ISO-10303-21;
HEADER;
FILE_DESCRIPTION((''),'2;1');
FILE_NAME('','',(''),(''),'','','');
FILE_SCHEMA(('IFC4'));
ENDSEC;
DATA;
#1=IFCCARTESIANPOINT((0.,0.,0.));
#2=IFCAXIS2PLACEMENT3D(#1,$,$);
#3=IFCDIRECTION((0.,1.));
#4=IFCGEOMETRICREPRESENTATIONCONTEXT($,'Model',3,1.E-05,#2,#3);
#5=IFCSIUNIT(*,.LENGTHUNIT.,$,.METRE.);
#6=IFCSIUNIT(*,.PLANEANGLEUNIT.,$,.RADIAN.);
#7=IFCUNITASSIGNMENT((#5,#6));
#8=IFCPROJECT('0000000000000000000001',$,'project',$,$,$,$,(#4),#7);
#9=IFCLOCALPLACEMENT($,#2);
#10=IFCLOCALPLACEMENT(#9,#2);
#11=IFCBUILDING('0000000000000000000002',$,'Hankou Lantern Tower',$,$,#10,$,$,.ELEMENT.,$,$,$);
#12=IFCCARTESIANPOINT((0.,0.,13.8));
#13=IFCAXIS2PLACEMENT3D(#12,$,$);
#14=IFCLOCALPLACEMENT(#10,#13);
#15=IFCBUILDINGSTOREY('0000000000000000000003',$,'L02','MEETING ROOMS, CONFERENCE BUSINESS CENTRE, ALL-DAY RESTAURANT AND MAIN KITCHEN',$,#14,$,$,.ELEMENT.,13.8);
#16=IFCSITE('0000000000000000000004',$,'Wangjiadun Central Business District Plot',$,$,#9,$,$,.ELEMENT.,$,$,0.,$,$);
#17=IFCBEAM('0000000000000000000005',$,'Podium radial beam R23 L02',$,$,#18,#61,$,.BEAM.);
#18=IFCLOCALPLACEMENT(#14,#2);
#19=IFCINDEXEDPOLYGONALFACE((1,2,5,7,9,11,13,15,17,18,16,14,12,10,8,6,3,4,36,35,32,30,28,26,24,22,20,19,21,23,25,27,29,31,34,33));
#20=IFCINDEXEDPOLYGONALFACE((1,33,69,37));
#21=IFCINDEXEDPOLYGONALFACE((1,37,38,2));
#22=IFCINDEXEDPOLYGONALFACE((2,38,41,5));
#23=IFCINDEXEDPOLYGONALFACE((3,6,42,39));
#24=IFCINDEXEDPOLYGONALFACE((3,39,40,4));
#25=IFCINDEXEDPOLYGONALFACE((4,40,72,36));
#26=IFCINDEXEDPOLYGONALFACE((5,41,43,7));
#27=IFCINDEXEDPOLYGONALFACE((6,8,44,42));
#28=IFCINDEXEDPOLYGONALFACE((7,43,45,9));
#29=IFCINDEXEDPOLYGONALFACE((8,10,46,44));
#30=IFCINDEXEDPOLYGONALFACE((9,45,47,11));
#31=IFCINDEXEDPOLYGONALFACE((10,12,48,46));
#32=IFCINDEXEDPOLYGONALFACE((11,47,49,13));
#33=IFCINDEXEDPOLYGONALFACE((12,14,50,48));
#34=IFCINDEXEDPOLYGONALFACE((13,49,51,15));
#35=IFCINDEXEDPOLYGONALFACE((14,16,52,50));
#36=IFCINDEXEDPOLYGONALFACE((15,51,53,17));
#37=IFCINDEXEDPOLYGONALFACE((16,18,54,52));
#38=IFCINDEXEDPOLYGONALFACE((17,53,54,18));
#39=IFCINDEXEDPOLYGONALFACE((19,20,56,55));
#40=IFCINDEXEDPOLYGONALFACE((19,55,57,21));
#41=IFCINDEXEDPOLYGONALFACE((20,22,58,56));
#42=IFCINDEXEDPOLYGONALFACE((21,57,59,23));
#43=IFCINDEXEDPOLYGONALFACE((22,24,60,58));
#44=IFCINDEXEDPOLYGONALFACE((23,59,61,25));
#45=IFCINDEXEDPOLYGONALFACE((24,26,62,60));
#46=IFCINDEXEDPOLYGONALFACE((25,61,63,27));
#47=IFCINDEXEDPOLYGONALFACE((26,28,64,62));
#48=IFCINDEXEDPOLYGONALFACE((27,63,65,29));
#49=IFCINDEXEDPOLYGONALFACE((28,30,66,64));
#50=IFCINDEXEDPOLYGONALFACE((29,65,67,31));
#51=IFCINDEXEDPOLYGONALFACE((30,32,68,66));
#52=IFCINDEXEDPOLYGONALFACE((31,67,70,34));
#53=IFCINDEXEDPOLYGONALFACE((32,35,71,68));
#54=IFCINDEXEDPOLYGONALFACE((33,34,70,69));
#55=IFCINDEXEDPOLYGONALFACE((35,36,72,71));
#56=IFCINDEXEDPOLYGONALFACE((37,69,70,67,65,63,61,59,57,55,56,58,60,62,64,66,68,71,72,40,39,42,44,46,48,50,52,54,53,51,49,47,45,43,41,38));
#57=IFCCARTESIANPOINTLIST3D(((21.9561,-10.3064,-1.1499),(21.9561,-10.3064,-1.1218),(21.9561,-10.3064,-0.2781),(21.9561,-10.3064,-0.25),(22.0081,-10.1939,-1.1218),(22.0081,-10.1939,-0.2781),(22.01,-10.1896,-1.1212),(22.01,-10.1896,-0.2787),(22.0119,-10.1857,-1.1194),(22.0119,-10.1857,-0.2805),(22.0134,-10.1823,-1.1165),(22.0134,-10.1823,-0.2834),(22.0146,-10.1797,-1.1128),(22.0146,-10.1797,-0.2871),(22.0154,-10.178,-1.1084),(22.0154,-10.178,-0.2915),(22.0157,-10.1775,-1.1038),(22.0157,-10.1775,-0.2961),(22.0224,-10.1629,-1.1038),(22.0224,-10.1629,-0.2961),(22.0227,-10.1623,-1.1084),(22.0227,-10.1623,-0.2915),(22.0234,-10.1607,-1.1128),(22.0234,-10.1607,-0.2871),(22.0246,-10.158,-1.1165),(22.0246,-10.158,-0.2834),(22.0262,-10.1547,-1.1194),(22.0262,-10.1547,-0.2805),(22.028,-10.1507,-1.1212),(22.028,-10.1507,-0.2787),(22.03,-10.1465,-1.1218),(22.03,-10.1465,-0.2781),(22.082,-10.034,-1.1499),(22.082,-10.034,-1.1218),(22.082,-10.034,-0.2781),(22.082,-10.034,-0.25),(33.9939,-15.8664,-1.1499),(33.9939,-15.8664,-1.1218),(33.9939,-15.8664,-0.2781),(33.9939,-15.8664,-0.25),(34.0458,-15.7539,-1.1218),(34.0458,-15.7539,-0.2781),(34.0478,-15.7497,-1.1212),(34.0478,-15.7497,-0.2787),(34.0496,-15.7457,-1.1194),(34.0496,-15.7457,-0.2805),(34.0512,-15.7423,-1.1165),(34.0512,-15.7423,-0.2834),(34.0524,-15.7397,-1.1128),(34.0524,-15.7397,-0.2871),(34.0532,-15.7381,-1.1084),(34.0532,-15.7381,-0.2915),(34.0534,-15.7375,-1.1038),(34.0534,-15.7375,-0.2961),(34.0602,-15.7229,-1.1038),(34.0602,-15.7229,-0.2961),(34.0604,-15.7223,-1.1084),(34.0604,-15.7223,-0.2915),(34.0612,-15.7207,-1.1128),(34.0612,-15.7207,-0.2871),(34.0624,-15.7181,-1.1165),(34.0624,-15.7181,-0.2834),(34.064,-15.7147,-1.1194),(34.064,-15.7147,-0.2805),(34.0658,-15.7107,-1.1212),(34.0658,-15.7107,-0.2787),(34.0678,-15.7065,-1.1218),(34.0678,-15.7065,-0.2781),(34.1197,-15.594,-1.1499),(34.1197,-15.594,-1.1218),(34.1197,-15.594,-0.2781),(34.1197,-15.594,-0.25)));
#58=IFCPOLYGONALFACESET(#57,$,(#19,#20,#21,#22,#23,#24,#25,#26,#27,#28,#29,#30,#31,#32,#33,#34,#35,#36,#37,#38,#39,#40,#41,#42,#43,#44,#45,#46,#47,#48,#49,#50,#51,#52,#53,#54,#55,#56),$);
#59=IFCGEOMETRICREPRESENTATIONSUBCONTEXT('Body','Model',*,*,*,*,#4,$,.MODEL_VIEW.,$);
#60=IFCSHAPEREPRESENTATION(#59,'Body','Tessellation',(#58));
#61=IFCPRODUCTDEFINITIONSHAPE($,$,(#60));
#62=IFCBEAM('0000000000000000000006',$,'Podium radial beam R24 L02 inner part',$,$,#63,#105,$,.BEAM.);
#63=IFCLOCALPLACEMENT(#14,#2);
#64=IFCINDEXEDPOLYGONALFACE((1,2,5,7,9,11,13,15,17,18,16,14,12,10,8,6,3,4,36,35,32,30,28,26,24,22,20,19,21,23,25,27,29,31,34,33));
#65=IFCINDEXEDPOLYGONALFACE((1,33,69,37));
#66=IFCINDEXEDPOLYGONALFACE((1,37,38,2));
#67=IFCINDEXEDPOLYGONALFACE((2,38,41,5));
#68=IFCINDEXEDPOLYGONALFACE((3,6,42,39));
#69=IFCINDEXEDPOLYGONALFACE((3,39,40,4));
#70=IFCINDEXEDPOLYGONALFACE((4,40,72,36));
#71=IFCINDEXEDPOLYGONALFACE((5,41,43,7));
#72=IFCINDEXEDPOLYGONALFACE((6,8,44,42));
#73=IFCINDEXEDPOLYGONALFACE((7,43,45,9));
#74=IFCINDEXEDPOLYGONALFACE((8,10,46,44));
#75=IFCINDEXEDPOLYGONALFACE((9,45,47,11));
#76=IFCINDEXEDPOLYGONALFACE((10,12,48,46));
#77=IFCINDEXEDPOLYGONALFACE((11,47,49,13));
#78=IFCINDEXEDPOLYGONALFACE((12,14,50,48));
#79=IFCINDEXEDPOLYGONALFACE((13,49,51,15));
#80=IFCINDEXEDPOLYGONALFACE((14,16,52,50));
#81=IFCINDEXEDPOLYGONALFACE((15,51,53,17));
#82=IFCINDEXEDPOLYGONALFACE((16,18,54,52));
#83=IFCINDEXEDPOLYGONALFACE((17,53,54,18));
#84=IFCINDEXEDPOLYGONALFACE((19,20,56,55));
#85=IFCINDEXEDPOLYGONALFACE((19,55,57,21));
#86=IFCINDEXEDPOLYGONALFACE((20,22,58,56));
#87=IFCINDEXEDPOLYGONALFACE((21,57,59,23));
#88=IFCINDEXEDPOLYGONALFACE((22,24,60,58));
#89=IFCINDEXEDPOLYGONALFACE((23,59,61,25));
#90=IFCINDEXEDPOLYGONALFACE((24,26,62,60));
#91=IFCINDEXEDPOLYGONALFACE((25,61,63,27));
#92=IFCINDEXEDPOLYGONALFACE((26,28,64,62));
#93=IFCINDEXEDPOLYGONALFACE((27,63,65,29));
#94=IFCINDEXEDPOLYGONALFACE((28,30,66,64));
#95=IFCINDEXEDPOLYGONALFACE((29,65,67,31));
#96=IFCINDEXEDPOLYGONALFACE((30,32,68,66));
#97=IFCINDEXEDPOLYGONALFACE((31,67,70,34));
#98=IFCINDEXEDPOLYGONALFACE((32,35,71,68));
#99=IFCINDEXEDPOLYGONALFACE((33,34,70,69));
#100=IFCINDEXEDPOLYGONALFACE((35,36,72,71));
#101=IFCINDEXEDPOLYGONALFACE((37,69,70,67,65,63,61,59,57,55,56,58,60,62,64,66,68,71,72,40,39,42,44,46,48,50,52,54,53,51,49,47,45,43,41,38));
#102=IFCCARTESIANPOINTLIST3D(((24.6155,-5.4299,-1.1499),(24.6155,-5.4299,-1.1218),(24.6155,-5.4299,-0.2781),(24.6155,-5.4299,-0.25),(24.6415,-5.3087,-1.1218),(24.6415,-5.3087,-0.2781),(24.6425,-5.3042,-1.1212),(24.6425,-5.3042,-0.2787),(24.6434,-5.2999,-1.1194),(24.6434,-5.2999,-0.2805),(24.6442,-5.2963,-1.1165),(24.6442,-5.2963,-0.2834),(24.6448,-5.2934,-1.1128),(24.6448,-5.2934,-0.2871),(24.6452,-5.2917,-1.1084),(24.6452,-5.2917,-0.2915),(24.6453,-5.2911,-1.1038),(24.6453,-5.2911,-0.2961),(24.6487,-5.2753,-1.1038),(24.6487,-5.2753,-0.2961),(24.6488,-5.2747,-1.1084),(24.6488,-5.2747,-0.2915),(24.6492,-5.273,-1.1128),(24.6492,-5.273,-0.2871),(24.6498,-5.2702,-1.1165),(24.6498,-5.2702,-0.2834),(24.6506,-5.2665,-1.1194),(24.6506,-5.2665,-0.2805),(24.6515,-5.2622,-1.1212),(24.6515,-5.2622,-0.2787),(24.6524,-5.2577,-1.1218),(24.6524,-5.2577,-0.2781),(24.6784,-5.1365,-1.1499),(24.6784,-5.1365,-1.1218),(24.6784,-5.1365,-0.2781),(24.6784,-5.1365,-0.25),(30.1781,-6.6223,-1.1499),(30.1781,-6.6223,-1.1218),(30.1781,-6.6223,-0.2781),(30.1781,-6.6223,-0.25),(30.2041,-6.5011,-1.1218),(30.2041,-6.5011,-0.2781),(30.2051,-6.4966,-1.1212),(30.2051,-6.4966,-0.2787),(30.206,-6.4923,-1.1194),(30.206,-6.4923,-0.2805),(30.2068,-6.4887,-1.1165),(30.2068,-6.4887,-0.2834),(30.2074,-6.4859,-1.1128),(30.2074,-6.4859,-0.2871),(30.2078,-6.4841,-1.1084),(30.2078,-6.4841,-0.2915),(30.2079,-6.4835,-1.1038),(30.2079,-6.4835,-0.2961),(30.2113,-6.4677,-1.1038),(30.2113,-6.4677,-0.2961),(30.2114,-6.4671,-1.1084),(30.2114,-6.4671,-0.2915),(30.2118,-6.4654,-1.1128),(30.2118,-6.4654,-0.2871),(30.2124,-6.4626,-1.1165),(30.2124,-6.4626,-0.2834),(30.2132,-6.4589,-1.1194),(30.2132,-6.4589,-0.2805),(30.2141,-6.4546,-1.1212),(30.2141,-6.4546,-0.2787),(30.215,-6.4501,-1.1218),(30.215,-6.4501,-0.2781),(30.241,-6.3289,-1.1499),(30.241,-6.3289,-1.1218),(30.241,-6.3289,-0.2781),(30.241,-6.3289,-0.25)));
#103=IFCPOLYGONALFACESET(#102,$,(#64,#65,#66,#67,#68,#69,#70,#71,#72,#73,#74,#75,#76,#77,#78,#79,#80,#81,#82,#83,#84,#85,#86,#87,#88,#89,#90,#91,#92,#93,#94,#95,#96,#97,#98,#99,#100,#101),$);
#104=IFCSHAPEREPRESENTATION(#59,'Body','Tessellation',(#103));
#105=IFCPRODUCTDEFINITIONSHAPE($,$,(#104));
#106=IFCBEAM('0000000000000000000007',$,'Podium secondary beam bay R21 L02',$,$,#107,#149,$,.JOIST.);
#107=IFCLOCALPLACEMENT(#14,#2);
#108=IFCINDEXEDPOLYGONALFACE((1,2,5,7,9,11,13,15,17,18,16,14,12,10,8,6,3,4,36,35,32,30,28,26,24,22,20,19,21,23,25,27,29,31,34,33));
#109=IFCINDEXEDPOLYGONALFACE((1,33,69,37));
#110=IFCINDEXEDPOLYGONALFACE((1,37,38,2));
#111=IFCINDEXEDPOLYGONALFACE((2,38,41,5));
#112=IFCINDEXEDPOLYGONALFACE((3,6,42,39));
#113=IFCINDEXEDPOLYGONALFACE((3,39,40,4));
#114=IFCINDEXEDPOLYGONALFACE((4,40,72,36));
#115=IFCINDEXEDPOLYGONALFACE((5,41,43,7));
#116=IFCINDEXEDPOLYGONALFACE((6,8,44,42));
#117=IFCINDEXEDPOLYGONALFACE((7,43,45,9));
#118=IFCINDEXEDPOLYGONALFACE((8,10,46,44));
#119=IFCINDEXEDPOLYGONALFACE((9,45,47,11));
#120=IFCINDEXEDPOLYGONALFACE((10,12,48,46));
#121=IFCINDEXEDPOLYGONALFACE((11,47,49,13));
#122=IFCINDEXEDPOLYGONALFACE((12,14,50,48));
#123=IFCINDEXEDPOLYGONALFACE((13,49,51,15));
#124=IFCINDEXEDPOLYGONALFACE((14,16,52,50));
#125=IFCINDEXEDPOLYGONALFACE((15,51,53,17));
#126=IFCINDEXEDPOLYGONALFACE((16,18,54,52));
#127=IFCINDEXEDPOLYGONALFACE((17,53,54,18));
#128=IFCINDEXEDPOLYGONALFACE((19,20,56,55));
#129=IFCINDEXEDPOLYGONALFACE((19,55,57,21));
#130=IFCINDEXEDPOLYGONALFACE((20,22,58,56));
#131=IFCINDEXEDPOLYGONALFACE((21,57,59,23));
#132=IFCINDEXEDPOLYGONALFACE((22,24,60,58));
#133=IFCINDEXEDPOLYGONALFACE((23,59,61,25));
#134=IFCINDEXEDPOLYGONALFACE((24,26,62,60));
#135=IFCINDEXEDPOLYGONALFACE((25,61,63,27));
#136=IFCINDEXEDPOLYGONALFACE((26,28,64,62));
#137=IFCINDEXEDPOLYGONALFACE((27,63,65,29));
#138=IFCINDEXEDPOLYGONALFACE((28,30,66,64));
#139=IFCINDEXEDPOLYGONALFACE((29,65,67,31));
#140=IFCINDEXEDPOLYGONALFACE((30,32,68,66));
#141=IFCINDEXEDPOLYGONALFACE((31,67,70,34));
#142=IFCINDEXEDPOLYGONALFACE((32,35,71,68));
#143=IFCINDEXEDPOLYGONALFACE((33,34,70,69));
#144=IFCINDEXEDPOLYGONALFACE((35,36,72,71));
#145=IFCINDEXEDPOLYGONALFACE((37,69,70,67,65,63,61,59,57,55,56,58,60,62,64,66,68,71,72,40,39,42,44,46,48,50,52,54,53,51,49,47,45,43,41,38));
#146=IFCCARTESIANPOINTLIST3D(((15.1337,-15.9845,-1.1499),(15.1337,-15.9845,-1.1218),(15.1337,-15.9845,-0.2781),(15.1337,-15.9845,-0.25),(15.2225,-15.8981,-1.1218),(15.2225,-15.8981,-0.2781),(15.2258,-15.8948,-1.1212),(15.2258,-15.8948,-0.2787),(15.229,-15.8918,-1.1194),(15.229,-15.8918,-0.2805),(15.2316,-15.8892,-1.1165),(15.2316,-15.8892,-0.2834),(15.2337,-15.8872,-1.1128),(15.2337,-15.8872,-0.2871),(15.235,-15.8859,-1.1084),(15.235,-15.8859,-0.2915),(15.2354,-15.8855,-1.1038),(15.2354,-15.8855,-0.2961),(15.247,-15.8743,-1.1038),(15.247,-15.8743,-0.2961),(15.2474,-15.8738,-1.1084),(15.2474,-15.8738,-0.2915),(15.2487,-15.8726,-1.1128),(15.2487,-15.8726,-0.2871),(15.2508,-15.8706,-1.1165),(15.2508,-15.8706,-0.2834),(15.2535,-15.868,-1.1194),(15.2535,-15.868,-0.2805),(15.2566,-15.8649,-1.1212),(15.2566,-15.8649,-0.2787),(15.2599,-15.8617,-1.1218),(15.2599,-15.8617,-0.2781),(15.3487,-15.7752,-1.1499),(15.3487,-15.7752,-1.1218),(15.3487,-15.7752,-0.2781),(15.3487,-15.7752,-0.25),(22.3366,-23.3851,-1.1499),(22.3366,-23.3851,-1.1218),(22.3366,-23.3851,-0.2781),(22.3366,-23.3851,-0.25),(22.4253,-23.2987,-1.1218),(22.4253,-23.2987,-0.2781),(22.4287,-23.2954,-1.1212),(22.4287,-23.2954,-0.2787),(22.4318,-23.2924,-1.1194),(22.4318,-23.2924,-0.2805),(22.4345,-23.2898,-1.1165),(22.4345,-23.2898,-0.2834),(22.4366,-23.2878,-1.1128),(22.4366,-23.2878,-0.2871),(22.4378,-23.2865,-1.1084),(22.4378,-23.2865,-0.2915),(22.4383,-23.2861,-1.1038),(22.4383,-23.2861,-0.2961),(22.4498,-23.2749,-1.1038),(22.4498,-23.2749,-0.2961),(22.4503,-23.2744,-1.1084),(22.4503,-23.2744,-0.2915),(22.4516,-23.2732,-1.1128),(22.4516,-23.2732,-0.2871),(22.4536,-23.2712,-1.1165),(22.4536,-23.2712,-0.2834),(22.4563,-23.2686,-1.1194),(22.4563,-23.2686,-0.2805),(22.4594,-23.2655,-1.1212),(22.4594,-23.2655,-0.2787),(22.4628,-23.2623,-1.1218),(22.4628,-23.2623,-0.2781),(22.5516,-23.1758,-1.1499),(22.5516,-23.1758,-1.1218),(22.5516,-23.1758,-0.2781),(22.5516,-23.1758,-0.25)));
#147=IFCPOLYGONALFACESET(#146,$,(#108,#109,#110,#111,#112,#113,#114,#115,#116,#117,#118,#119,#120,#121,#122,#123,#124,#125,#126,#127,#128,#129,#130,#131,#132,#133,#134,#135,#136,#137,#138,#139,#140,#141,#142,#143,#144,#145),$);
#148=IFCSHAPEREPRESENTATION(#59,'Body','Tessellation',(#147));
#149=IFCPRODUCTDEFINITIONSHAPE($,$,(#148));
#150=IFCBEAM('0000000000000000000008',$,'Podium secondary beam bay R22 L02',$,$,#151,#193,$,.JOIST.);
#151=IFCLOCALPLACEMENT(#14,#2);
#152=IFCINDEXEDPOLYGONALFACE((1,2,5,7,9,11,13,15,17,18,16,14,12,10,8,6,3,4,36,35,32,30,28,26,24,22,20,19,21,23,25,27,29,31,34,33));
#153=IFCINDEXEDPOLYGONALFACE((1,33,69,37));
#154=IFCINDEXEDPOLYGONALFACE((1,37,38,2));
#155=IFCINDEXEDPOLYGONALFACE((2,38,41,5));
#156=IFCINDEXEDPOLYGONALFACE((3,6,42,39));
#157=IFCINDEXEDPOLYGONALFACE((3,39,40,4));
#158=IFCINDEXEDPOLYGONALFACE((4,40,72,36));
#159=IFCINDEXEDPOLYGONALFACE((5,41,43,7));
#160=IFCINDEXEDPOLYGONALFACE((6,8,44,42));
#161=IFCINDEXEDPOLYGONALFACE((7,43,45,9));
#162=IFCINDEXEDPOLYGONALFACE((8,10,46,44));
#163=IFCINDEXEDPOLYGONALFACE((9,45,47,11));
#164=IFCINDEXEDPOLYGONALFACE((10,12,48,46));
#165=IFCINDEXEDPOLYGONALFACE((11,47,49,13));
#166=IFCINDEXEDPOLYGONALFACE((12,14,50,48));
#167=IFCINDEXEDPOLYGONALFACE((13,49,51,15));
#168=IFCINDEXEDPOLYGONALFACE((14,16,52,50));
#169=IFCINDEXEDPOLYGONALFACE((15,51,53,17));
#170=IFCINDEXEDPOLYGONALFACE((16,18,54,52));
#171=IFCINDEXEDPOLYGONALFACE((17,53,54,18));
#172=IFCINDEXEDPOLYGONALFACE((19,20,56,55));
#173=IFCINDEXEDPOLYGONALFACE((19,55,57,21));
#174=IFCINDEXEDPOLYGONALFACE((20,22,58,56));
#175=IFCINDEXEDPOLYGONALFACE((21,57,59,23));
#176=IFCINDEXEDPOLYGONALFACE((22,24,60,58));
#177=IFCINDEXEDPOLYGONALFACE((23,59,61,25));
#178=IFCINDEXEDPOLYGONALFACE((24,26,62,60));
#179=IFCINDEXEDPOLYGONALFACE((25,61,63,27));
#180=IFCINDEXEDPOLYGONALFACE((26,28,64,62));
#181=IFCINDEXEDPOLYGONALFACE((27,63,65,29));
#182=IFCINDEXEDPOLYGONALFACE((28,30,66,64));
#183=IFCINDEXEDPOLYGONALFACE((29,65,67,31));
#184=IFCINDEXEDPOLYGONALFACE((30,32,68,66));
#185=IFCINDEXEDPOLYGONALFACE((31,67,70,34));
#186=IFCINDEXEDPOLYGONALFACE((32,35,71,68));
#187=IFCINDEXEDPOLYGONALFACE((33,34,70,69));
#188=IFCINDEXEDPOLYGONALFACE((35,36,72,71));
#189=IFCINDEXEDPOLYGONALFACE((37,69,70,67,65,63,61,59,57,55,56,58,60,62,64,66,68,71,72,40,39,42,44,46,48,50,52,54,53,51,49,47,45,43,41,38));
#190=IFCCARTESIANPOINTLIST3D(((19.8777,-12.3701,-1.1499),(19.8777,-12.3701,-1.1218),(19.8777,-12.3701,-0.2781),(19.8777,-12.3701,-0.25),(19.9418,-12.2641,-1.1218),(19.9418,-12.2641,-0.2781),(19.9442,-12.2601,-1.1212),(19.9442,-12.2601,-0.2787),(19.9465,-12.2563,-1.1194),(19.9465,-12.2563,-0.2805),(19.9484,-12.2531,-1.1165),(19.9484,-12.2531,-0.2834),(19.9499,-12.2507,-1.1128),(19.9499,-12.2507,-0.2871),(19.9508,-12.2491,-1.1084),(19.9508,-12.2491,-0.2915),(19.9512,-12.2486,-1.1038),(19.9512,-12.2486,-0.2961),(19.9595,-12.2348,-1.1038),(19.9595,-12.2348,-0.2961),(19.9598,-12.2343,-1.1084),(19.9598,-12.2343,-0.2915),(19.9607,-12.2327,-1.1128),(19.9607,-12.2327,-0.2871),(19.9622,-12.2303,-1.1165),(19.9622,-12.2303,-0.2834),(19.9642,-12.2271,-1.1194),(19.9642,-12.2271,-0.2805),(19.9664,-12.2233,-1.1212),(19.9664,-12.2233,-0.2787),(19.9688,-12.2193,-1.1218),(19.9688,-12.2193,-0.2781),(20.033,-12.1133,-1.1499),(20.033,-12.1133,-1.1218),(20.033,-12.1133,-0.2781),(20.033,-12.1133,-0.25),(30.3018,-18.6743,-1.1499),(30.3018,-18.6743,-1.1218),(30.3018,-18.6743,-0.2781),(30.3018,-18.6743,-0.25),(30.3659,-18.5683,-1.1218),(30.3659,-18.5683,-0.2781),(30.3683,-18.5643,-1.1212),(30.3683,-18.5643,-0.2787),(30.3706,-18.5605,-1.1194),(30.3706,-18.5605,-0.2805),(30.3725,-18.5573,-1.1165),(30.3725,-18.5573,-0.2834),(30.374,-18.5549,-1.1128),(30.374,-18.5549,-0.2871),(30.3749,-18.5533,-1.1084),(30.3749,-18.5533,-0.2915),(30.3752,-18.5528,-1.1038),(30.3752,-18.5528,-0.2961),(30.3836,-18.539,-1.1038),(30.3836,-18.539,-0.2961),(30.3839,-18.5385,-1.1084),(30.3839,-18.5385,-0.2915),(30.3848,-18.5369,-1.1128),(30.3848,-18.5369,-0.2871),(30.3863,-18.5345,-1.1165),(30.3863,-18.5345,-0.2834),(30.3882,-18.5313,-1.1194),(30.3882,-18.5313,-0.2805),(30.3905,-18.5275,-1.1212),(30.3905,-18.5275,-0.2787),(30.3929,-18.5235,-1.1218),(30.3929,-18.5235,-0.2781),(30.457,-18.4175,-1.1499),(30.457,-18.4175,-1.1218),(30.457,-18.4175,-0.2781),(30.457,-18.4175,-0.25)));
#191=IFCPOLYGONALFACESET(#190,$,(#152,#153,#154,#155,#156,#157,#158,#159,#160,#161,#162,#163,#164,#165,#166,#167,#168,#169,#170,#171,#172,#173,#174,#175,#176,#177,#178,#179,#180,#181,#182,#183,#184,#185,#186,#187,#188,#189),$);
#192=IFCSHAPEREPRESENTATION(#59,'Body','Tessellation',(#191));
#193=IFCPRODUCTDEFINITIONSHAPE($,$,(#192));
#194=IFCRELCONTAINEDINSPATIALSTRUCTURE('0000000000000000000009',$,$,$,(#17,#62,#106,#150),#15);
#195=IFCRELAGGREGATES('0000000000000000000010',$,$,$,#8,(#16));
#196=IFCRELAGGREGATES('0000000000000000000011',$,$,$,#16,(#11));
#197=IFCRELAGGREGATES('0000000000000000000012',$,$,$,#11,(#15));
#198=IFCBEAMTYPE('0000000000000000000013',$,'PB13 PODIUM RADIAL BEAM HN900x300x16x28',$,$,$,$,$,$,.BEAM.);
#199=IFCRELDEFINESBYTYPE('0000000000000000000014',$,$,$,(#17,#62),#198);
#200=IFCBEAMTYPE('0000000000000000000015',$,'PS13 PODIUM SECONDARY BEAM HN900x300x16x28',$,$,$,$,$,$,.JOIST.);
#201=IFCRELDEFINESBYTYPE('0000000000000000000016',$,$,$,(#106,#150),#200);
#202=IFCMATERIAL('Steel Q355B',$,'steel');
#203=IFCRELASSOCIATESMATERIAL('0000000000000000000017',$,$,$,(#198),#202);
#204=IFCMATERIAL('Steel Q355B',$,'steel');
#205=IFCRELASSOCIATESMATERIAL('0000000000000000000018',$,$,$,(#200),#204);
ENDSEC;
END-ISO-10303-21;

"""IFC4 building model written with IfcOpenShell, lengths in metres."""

from ifc_helpers import new_model, si_unit, direction, frame, origin, origin_2d, place, context, subcontext, project, spatial, i_section, extrude, material, material_profile, profile_set, type_object, element, save


model = new_model("IFC4")

# Units and contexts
model_context = context("Model", 3, precision=1e-05, world=origin(), true_north=direction((0.0, 1.0)))
body_context = subcontext(model_context, "Body", "Model", "MODEL_VIEW")
ifc_project = project(units=[si_unit("LENGTHUNIT", "METRE"), si_unit("PLANEANGLEUNIT", "RADIAN")], contexts=[model_context])

# Site, building, storey
site_placement = place(None, origin())
site = spatial("IfcSite", under=ifc_project, at=site_placement, Name="Wangjiadun Central Business District Plot", CompositionType="ELEMENT", RefElevation=0.0)
building_placement = place(site_placement, origin())
building = spatial("IfcBuilding", under=site, at=building_placement, Name="Hankou Lantern Tower", CompositionType="ELEMENT")
storey_placement = place(building_placement, frame((0.0, 0.0, 13.8)))
storey = spatial("IfcBuildingStorey", under=building, at=storey_placement, Name="L02", Description="MEETING ROOMS, CONFERENCE BUSINESS CENTRE, ALL-DAY RESTAURANT AND MAIN KITCHEN", CompositionType="ELEMENT", Elevation=13.8)

# Beams
ifc_material_1 = material(Name="Steel Q355B", Category="steel")
ifc_material_profile_1 = material_profile(ifc_material_1, i_section(OverallWidth=0.3, OverallDepth=0.8999, WebThickness=0.0161, FlangeThickness=0.0281, FilletRadius=0.0181, at=origin_2d()), Name="HN900x300x16x28")
ifc_profile_set_1 = profile_set([ifc_material_profile_1], Name="Steel Q355B")
beam_type_1 = type_object("IfcBeamType", Name="PB13 PODIUM RADIAL BEAM HN900x300x16x28", PredefinedType="BEAM", material=ifc_profile_set_1)
beam_1_placement = place(storey_placement, frame((22.019, -10.1702, -0.7), z_axis=(0.907841, -0.419315, 0.0), x_axis=(0.419315, 0.907841, 0.0)))
element("IfcBeam", 1, at=beam_1_placement, inside=storey, type_object=beam_type_1, Name="Podium radial beam R23 L02", PredefinedType="BEAM", context=body_context, shape_type="SweptSolid", body=[
    extrude(i_section(OverallWidth=0.3, OverallDepth=0.8999, WebThickness=0.0161, FlangeThickness=0.0281, FilletRadius=0.0181, at=origin_2d()), origin(), (0.0, 0.0, 1.0), 13.2598),
])
beam_2_placement = place(storey_placement, frame((24.647, -5.2832, -0.7), z_axis=(0.977787, -0.209599, 0.0), x_axis=(0.209599, 0.977787, 0.0)))
element("IfcBeam", 2, at=beam_2_placement, inside=storey, type_object=beam_type_1, Name="Podium radial beam R24 L02 inner part", PredefinedType="BEAM", context=body_context, shape_type="SweptSolid", body=[
    extrude(i_section(OverallWidth=0.3, OverallDepth=0.8999, WebThickness=0.0161, FlangeThickness=0.0281, FilletRadius=0.0181, at=origin_2d()), origin(), (0.0, 0.0, 1.0), 5.689),
])
ifc_material_2 = material(Name="Steel Q355B", Category="steel")
ifc_material_profile_2 = material_profile(ifc_material_2, i_section(OverallWidth=0.3, OverallDepth=0.8999, WebThickness=0.0161, FlangeThickness=0.0281, FilletRadius=0.0181, at=origin_2d()), Name="HN900x300x16x28")
ifc_profile_set_2 = profile_set([ifc_material_profile_2], Name="Steel Q355B")
beam_type_2 = type_object("IfcBeamType", Name="PS13 PODIUM SECONDARY BEAM HN900x300x16x28", PredefinedType="JOIST", material=ifc_profile_set_2)
beam_3_placement = place(storey_placement, frame((15.2412, -15.8799, -0.7), z_axis=(0.697468, -0.716616, 0.0), x_axis=(0.716616, 0.697468, 0.0)))
element("IfcBeam", 3, at=beam_3_placement, inside=storey, type_object=beam_type_2, Name="Podium secondary beam bay R21 L02", PredefinedType="JOIST", context=body_context, shape_type="SweptSolid", body=[
    extrude(i_section(OverallWidth=0.3, OverallDepth=0.8999, WebThickness=0.0161, FlangeThickness=0.0281, FilletRadius=0.0181, at=origin_2d()), origin(), (0.0, 0.0, 1.0), 10.3271),
])
beam_4_placement = place(storey_placement, frame((19.9553, -12.2417, -0.7), z_axis=(0.855686, -0.517496, 0.0), x_axis=(0.517496, 0.855686, 0.0)))
element("IfcBeam", 4, at=beam_4_placement, inside=storey, type_object=beam_type_2, Name="Podium secondary beam bay R22 L02", PredefinedType="JOIST", context=body_context, shape_type="SweptSolid", body=[
    extrude(i_section(OverallWidth=0.3, OverallDepth=0.8999, WebThickness=0.0161, FlangeThickness=0.0281, FilletRadius=0.0181, at=origin_2d()), origin(), (0.0, 0.0, 1.0), 12.1821),
])

save(model, "model.ifc")
